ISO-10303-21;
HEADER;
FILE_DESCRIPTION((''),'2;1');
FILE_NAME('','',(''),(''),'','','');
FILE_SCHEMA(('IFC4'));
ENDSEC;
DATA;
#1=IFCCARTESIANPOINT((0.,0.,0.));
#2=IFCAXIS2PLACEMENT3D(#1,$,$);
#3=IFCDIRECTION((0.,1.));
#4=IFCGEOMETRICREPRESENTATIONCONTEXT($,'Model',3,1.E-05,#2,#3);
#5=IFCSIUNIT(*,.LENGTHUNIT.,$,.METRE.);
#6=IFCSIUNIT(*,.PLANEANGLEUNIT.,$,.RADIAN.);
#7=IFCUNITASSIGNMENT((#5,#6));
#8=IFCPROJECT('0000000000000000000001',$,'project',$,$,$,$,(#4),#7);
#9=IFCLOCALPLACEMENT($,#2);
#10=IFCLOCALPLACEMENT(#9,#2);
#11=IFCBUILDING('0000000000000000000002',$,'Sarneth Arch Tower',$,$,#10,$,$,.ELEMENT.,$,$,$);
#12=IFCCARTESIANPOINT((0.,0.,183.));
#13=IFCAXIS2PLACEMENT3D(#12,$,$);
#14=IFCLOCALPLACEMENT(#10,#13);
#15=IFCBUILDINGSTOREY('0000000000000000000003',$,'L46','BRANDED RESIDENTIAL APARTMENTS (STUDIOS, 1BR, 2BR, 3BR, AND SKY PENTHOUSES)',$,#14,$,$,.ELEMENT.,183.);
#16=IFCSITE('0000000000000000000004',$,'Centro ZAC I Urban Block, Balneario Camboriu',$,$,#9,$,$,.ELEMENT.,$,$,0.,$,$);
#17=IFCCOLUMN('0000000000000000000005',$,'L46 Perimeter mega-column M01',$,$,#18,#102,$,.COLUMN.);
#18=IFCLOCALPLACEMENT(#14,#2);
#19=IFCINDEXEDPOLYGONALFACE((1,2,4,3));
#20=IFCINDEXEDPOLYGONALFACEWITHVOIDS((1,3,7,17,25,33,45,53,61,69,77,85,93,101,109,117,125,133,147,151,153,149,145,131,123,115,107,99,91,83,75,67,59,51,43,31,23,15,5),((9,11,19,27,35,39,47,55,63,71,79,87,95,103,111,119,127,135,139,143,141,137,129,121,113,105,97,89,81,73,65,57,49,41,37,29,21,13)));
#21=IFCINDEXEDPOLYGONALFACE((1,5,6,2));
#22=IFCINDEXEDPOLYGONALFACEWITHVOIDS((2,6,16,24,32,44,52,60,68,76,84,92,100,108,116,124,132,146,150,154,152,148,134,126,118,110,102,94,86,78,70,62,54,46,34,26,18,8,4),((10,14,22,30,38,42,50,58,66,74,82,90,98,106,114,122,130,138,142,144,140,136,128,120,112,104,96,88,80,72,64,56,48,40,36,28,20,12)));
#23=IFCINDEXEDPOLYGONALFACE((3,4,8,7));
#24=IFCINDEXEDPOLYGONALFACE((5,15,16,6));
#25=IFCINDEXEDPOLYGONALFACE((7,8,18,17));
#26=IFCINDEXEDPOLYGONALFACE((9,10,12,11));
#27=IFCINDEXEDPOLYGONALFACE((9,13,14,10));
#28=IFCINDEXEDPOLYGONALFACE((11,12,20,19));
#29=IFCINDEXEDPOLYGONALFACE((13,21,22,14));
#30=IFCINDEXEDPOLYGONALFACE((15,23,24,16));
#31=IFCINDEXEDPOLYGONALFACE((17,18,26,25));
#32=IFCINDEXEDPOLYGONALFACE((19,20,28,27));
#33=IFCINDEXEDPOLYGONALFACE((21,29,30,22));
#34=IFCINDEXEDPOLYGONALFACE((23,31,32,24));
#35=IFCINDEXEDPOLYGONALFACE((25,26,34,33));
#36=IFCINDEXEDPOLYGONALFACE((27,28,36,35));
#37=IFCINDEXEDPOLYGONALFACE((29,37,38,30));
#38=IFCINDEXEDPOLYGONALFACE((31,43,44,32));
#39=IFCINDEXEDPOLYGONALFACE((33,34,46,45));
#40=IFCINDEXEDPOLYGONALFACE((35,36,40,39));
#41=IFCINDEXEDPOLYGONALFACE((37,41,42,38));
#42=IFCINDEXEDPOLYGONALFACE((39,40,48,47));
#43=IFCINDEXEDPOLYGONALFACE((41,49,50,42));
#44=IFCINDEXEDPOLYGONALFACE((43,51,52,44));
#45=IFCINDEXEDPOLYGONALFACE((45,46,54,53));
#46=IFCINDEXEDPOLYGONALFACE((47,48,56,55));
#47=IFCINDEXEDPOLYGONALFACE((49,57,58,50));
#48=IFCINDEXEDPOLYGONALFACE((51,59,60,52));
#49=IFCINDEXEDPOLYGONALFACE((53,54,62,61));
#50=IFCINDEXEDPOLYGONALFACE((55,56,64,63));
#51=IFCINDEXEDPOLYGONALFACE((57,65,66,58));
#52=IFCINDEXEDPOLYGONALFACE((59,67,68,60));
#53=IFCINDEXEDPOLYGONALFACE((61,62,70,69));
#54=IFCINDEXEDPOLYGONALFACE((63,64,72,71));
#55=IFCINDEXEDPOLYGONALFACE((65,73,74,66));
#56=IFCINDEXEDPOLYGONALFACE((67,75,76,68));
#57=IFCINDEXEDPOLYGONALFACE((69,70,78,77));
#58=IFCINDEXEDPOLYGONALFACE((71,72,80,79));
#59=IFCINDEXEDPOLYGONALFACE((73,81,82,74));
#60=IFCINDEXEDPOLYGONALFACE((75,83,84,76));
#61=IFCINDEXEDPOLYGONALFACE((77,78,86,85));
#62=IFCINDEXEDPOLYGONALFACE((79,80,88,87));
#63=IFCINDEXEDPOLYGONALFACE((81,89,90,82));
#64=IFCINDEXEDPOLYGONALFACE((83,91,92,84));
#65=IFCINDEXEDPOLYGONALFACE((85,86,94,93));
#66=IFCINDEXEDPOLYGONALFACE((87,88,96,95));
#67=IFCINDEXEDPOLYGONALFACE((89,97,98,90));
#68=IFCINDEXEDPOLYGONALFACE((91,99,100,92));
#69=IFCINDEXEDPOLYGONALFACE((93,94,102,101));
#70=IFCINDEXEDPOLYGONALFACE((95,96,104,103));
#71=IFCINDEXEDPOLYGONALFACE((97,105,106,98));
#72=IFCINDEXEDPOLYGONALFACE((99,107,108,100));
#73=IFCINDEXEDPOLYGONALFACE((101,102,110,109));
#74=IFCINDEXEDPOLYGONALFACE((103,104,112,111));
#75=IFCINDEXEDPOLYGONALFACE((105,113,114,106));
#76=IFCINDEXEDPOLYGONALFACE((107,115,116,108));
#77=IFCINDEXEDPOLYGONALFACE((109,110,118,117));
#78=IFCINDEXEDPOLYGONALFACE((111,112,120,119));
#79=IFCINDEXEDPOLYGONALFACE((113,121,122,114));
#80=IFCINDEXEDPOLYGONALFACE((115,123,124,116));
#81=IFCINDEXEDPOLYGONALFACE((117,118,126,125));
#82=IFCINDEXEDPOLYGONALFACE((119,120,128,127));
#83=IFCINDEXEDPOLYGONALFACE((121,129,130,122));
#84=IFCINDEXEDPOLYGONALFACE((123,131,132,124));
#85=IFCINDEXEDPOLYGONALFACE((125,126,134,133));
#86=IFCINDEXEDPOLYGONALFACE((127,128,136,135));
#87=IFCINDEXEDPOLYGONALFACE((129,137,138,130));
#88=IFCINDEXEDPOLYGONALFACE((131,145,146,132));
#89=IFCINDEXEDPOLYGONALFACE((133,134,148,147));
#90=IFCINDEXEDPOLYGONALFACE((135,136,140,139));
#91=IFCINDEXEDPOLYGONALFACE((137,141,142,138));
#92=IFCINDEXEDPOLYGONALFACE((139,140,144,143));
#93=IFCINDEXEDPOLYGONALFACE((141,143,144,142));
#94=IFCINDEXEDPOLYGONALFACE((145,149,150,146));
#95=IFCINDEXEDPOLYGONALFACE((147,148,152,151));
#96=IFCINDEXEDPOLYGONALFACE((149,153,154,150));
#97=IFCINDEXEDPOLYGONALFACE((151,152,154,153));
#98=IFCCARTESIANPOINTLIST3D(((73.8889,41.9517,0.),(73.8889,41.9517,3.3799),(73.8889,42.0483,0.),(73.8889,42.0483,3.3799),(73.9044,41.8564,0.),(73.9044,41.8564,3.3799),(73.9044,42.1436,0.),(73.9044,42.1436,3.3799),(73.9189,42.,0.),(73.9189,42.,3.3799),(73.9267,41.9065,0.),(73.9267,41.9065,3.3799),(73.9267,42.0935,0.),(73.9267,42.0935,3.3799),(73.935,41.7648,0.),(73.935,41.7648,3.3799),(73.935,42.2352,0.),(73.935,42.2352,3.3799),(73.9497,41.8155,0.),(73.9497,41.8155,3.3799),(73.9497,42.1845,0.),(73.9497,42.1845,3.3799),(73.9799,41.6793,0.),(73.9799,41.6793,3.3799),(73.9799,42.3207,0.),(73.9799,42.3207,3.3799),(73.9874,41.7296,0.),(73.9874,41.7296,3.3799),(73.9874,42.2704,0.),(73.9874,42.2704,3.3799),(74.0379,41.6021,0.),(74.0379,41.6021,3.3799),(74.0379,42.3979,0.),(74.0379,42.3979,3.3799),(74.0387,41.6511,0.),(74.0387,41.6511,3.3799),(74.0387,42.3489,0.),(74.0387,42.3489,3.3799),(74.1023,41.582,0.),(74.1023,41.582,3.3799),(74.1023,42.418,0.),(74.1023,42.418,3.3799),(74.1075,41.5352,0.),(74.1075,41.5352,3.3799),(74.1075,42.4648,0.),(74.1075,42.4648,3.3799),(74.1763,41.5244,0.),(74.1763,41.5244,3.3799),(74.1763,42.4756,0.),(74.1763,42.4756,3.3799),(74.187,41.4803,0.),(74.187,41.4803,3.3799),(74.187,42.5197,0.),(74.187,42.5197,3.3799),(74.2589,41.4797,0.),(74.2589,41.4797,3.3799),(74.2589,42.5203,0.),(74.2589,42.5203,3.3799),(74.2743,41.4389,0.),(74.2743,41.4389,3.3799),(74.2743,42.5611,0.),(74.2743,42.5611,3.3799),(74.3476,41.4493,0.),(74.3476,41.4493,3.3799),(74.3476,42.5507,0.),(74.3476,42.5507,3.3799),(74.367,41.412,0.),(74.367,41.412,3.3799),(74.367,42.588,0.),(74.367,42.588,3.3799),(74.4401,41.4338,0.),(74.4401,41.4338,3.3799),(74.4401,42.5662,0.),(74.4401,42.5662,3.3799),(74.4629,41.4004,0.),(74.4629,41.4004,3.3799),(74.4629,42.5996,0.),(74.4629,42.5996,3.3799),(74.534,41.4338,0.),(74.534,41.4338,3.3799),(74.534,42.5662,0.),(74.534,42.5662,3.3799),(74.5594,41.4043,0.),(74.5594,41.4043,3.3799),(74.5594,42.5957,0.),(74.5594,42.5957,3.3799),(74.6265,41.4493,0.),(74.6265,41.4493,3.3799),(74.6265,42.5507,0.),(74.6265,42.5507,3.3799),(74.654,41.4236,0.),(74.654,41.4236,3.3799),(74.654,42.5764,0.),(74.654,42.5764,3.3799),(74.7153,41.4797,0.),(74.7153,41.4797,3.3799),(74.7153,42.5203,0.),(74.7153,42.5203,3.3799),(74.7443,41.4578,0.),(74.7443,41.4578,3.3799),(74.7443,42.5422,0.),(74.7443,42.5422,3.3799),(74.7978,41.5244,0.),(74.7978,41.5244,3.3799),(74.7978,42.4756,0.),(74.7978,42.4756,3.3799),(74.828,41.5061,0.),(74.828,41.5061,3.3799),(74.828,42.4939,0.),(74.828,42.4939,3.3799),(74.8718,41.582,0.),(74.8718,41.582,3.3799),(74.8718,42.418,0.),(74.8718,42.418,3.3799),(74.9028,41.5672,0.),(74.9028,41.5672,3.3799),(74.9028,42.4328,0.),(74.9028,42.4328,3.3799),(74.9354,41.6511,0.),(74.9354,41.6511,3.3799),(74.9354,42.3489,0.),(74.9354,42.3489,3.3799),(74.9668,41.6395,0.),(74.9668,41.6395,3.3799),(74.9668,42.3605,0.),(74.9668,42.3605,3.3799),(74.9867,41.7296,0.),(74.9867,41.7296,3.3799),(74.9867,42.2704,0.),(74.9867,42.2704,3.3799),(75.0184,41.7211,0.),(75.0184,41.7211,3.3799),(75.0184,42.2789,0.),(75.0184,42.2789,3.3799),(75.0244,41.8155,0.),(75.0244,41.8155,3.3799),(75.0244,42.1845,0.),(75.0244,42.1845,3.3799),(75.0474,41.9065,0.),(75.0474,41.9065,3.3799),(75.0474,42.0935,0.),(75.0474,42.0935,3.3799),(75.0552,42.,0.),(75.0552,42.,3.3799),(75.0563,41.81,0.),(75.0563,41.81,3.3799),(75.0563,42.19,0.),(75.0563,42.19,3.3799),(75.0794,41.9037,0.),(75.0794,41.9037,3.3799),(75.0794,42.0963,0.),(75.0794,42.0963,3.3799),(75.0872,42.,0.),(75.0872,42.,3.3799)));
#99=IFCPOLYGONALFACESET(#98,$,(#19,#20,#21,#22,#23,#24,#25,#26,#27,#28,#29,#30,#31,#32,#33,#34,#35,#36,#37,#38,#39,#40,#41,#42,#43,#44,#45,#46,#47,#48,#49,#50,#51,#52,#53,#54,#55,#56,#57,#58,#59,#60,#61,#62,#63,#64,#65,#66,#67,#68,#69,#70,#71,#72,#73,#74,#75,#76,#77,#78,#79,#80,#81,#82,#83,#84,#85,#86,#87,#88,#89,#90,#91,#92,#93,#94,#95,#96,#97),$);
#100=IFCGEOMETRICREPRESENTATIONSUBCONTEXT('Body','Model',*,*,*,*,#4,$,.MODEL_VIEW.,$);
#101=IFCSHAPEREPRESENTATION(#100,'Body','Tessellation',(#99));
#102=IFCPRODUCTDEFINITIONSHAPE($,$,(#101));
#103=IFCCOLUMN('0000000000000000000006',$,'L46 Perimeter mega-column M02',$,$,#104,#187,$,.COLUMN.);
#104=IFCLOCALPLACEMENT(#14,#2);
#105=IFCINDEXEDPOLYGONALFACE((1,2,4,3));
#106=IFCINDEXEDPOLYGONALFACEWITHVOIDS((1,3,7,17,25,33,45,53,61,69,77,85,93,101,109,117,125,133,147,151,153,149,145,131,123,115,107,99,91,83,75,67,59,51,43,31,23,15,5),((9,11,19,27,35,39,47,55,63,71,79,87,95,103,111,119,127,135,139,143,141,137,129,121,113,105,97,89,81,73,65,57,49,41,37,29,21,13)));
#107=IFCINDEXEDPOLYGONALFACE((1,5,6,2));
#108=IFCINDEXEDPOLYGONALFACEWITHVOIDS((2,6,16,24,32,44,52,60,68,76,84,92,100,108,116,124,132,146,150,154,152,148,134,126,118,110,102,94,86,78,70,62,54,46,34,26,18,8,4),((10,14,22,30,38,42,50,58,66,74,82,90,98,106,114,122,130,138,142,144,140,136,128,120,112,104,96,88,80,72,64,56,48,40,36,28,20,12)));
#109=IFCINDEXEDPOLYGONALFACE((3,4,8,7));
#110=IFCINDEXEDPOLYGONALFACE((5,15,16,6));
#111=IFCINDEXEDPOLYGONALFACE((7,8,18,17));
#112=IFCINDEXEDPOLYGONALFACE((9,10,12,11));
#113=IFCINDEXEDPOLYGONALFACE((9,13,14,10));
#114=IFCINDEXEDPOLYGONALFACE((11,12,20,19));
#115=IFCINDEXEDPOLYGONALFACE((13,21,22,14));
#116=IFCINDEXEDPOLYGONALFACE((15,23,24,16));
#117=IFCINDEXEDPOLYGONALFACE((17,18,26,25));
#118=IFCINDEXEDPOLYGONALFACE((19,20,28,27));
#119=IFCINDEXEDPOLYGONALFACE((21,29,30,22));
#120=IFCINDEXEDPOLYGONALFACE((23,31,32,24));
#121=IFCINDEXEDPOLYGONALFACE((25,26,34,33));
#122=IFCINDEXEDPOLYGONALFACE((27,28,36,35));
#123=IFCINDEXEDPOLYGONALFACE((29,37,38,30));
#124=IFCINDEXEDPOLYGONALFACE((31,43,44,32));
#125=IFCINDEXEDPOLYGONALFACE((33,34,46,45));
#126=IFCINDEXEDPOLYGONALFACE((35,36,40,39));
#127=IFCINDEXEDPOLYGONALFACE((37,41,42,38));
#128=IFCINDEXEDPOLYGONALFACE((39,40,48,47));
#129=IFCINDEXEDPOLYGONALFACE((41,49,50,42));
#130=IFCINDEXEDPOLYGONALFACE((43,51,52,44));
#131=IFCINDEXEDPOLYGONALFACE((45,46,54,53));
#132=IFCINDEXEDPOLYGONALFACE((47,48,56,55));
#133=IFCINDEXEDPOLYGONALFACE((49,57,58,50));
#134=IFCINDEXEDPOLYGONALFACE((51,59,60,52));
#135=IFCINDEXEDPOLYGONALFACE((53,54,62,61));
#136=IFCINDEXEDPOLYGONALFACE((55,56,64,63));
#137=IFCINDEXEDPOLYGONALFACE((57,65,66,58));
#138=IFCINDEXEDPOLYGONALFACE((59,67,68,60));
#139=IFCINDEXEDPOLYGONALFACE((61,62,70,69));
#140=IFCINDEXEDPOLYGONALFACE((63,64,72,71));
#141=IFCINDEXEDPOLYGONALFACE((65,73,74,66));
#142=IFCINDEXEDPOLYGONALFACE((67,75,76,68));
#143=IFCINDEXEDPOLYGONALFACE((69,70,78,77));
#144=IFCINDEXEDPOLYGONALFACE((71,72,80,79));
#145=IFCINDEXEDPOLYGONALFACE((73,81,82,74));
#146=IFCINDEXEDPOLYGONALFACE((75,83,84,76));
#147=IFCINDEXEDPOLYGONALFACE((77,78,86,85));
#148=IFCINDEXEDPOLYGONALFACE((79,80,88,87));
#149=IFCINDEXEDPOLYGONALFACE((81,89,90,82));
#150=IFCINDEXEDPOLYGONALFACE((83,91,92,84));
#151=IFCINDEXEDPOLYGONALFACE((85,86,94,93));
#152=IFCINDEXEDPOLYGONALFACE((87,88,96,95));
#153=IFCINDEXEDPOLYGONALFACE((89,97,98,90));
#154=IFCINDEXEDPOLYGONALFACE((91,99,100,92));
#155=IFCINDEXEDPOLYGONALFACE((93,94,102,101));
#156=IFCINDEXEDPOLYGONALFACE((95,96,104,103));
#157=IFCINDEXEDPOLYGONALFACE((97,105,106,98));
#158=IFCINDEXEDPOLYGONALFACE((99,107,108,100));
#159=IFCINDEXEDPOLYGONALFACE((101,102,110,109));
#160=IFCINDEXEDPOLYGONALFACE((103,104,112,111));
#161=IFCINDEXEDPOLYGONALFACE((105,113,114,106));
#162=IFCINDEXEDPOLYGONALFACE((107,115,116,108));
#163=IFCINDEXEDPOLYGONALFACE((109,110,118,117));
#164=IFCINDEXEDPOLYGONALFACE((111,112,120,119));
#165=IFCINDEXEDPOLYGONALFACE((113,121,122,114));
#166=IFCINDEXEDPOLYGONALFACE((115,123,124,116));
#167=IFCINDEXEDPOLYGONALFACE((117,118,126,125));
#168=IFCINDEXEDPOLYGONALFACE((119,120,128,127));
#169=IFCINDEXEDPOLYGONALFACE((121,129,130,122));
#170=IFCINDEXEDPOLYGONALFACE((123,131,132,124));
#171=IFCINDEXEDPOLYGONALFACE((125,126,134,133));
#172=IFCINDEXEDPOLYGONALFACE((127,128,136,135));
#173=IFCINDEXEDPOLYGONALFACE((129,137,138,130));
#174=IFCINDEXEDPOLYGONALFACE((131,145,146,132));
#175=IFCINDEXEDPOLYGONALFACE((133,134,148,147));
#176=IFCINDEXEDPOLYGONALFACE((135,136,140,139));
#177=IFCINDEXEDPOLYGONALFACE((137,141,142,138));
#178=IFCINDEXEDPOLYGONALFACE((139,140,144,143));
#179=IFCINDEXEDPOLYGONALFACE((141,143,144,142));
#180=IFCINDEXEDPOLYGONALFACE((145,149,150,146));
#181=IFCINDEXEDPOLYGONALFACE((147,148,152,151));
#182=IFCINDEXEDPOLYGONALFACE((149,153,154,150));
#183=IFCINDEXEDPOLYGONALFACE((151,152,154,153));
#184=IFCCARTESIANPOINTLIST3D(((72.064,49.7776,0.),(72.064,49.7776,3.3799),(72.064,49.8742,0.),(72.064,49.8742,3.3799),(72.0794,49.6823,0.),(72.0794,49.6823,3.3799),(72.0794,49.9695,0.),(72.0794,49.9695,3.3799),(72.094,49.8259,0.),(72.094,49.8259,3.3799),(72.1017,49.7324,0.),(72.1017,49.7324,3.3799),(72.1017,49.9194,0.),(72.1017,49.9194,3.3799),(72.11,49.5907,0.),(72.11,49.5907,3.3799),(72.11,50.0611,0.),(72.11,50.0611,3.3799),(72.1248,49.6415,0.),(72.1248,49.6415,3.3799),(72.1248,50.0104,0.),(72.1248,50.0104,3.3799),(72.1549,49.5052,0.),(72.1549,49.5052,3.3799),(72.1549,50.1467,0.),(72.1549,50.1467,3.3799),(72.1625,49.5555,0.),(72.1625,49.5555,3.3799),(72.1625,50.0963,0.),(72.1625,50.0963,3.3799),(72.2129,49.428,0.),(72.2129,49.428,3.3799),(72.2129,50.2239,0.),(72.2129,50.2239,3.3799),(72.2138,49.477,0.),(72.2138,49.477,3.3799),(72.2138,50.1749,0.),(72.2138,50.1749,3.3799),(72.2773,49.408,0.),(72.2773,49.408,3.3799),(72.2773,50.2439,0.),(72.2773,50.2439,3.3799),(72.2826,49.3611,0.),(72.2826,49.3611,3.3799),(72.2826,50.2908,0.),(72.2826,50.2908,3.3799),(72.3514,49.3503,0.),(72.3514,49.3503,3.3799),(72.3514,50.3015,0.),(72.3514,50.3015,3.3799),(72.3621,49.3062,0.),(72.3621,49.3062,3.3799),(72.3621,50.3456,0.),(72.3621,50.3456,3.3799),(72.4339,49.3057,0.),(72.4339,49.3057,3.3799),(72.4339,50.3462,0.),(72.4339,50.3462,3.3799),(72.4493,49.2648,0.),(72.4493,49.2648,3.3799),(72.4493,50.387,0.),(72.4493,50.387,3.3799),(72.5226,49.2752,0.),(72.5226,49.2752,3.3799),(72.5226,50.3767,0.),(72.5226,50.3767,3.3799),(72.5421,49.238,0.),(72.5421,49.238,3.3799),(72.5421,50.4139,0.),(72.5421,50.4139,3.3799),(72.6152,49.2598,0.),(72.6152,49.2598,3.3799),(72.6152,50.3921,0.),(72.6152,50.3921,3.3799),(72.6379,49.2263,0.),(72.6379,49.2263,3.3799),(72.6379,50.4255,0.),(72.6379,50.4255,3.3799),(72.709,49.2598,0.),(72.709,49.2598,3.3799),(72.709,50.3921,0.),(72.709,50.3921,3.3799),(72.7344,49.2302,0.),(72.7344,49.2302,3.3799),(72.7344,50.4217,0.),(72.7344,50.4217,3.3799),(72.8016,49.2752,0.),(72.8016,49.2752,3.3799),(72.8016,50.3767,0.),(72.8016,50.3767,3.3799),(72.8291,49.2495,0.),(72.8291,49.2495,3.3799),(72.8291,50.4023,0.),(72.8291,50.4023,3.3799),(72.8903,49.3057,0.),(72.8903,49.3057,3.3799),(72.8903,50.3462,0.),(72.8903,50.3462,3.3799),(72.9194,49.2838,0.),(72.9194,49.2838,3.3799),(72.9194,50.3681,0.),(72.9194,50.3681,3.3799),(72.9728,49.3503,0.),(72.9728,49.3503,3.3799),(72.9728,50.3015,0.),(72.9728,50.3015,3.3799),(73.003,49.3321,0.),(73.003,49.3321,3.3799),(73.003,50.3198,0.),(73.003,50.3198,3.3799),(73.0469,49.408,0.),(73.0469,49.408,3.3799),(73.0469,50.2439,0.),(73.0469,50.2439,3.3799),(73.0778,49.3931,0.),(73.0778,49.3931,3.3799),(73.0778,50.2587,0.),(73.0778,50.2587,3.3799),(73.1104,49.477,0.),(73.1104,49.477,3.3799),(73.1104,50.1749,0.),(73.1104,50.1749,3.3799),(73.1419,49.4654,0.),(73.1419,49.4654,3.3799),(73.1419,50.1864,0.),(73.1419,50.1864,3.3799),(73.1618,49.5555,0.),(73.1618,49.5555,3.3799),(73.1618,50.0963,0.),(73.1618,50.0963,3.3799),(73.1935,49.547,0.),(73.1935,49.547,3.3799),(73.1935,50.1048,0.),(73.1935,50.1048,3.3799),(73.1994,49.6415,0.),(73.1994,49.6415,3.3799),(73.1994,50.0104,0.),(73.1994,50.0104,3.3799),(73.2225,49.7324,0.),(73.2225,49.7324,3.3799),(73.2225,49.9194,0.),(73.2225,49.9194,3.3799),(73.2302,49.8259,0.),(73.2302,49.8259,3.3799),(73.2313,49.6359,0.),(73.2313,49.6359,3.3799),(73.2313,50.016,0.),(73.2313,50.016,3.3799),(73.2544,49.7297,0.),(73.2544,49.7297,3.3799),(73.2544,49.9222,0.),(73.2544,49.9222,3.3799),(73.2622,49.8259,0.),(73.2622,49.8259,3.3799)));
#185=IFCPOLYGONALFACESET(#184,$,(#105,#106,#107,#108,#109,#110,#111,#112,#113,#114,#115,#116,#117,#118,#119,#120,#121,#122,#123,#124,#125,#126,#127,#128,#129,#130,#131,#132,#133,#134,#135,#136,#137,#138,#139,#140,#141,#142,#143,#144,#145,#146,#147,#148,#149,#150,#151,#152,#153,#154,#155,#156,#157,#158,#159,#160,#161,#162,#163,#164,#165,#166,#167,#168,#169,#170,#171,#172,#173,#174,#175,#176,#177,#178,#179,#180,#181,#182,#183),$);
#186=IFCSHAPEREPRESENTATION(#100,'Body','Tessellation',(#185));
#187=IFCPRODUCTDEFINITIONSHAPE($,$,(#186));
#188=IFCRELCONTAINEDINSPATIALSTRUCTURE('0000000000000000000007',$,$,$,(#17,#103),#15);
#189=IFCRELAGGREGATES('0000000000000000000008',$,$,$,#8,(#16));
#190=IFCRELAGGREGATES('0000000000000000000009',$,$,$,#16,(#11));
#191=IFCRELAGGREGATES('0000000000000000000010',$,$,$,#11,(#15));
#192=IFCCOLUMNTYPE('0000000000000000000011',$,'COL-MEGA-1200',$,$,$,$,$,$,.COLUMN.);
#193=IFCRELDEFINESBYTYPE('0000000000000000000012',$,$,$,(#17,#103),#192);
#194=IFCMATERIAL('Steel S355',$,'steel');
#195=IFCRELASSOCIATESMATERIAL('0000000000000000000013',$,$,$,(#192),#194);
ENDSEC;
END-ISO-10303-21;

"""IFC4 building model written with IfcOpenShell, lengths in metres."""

from ifc_helpers import new_model, si_unit, direction, frame, origin, origin_2d, place, context, subcontext, project, spatial, hollow_circle, extrude, material, material_profile, profile_set, type_object, element, save


model = new_model("IFC4")

# Units and contexts
model_context = context("Model", 3, precision=1e-05, world=origin(), true_north=direction((0.0, 1.0)))
body_context = subcontext(model_context, "Body", "Model", "MODEL_VIEW")
ifc_project = project(units=[si_unit("LENGTHUNIT", "METRE"), si_unit("PLANEANGLEUNIT", "RADIAN")], contexts=[model_context])

# Site, building, storey
site_placement = place(None, origin())
site = spatial("IfcSite", under=ifc_project, at=site_placement, Name="Centro ZAC I Urban Block, Balneario Camboriu", CompositionType="ELEMENT", RefElevation=0.0)
building_placement = place(site_placement, origin())
building = spatial("IfcBuilding", under=site, at=building_placement, Name="Sarneth Arch Tower", CompositionType="ELEMENT")
storey_placement = place(building_placement, frame((0.0, 0.0, 183.0)))
storey = spatial("IfcBuildingStorey", under=building, at=storey_placement, Name="L46", Description="BRANDED RESIDENTIAL APARTMENTS (STUDIOS, 1BR, 2BR, 3BR, AND SKY PENTHOUSES)", CompositionType="ELEMENT", Elevation=183.0)

# Columns
ifc_material_1 = material(Name="Steel S355", Category="steel")
ifc_material_profile_1 = material_profile(ifc_material_1, hollow_circle(Radius=0.6001, WallThickness=0.032, at=origin_2d()), Name="CHS1200x32")
ifc_profile_set_1 = profile_set([ifc_material_profile_1], Name="Steel S355")
column_type = type_object("IfcColumnType", Name="COL-MEGA-1200", PredefinedType="COLUMN", material=ifc_profile_set_1)
for number, where, z_axis, x_axis, name in (
    (1, (74.4871, 42.0, 0.0), (0.0, 0.0, 1.0), (1.0, 0.0, 0.0), "L46 Perimeter mega-column M01"),
    (2, (72.6621, 49.8259, 0.0), (0.0, 0.0, 1.0), (1.0, 0.0, 0.0), "L46 Perimeter mega-column M02"),
):
    element("IfcColumn", number, at=place(storey_placement, frame(where, z_axis=z_axis, x_axis=x_axis)), inside=storey, type_object=column_type, Name=name, PredefinedType="COLUMN", context=body_context, shape_type="SweptSolid", body=[
        extrude(hollow_circle(Radius=0.6001, WallThickness=0.032, at=origin_2d()), origin(), (0.0, 0.0, 1.0), 3.3799),
    ])

save(model, "model.ifc")
